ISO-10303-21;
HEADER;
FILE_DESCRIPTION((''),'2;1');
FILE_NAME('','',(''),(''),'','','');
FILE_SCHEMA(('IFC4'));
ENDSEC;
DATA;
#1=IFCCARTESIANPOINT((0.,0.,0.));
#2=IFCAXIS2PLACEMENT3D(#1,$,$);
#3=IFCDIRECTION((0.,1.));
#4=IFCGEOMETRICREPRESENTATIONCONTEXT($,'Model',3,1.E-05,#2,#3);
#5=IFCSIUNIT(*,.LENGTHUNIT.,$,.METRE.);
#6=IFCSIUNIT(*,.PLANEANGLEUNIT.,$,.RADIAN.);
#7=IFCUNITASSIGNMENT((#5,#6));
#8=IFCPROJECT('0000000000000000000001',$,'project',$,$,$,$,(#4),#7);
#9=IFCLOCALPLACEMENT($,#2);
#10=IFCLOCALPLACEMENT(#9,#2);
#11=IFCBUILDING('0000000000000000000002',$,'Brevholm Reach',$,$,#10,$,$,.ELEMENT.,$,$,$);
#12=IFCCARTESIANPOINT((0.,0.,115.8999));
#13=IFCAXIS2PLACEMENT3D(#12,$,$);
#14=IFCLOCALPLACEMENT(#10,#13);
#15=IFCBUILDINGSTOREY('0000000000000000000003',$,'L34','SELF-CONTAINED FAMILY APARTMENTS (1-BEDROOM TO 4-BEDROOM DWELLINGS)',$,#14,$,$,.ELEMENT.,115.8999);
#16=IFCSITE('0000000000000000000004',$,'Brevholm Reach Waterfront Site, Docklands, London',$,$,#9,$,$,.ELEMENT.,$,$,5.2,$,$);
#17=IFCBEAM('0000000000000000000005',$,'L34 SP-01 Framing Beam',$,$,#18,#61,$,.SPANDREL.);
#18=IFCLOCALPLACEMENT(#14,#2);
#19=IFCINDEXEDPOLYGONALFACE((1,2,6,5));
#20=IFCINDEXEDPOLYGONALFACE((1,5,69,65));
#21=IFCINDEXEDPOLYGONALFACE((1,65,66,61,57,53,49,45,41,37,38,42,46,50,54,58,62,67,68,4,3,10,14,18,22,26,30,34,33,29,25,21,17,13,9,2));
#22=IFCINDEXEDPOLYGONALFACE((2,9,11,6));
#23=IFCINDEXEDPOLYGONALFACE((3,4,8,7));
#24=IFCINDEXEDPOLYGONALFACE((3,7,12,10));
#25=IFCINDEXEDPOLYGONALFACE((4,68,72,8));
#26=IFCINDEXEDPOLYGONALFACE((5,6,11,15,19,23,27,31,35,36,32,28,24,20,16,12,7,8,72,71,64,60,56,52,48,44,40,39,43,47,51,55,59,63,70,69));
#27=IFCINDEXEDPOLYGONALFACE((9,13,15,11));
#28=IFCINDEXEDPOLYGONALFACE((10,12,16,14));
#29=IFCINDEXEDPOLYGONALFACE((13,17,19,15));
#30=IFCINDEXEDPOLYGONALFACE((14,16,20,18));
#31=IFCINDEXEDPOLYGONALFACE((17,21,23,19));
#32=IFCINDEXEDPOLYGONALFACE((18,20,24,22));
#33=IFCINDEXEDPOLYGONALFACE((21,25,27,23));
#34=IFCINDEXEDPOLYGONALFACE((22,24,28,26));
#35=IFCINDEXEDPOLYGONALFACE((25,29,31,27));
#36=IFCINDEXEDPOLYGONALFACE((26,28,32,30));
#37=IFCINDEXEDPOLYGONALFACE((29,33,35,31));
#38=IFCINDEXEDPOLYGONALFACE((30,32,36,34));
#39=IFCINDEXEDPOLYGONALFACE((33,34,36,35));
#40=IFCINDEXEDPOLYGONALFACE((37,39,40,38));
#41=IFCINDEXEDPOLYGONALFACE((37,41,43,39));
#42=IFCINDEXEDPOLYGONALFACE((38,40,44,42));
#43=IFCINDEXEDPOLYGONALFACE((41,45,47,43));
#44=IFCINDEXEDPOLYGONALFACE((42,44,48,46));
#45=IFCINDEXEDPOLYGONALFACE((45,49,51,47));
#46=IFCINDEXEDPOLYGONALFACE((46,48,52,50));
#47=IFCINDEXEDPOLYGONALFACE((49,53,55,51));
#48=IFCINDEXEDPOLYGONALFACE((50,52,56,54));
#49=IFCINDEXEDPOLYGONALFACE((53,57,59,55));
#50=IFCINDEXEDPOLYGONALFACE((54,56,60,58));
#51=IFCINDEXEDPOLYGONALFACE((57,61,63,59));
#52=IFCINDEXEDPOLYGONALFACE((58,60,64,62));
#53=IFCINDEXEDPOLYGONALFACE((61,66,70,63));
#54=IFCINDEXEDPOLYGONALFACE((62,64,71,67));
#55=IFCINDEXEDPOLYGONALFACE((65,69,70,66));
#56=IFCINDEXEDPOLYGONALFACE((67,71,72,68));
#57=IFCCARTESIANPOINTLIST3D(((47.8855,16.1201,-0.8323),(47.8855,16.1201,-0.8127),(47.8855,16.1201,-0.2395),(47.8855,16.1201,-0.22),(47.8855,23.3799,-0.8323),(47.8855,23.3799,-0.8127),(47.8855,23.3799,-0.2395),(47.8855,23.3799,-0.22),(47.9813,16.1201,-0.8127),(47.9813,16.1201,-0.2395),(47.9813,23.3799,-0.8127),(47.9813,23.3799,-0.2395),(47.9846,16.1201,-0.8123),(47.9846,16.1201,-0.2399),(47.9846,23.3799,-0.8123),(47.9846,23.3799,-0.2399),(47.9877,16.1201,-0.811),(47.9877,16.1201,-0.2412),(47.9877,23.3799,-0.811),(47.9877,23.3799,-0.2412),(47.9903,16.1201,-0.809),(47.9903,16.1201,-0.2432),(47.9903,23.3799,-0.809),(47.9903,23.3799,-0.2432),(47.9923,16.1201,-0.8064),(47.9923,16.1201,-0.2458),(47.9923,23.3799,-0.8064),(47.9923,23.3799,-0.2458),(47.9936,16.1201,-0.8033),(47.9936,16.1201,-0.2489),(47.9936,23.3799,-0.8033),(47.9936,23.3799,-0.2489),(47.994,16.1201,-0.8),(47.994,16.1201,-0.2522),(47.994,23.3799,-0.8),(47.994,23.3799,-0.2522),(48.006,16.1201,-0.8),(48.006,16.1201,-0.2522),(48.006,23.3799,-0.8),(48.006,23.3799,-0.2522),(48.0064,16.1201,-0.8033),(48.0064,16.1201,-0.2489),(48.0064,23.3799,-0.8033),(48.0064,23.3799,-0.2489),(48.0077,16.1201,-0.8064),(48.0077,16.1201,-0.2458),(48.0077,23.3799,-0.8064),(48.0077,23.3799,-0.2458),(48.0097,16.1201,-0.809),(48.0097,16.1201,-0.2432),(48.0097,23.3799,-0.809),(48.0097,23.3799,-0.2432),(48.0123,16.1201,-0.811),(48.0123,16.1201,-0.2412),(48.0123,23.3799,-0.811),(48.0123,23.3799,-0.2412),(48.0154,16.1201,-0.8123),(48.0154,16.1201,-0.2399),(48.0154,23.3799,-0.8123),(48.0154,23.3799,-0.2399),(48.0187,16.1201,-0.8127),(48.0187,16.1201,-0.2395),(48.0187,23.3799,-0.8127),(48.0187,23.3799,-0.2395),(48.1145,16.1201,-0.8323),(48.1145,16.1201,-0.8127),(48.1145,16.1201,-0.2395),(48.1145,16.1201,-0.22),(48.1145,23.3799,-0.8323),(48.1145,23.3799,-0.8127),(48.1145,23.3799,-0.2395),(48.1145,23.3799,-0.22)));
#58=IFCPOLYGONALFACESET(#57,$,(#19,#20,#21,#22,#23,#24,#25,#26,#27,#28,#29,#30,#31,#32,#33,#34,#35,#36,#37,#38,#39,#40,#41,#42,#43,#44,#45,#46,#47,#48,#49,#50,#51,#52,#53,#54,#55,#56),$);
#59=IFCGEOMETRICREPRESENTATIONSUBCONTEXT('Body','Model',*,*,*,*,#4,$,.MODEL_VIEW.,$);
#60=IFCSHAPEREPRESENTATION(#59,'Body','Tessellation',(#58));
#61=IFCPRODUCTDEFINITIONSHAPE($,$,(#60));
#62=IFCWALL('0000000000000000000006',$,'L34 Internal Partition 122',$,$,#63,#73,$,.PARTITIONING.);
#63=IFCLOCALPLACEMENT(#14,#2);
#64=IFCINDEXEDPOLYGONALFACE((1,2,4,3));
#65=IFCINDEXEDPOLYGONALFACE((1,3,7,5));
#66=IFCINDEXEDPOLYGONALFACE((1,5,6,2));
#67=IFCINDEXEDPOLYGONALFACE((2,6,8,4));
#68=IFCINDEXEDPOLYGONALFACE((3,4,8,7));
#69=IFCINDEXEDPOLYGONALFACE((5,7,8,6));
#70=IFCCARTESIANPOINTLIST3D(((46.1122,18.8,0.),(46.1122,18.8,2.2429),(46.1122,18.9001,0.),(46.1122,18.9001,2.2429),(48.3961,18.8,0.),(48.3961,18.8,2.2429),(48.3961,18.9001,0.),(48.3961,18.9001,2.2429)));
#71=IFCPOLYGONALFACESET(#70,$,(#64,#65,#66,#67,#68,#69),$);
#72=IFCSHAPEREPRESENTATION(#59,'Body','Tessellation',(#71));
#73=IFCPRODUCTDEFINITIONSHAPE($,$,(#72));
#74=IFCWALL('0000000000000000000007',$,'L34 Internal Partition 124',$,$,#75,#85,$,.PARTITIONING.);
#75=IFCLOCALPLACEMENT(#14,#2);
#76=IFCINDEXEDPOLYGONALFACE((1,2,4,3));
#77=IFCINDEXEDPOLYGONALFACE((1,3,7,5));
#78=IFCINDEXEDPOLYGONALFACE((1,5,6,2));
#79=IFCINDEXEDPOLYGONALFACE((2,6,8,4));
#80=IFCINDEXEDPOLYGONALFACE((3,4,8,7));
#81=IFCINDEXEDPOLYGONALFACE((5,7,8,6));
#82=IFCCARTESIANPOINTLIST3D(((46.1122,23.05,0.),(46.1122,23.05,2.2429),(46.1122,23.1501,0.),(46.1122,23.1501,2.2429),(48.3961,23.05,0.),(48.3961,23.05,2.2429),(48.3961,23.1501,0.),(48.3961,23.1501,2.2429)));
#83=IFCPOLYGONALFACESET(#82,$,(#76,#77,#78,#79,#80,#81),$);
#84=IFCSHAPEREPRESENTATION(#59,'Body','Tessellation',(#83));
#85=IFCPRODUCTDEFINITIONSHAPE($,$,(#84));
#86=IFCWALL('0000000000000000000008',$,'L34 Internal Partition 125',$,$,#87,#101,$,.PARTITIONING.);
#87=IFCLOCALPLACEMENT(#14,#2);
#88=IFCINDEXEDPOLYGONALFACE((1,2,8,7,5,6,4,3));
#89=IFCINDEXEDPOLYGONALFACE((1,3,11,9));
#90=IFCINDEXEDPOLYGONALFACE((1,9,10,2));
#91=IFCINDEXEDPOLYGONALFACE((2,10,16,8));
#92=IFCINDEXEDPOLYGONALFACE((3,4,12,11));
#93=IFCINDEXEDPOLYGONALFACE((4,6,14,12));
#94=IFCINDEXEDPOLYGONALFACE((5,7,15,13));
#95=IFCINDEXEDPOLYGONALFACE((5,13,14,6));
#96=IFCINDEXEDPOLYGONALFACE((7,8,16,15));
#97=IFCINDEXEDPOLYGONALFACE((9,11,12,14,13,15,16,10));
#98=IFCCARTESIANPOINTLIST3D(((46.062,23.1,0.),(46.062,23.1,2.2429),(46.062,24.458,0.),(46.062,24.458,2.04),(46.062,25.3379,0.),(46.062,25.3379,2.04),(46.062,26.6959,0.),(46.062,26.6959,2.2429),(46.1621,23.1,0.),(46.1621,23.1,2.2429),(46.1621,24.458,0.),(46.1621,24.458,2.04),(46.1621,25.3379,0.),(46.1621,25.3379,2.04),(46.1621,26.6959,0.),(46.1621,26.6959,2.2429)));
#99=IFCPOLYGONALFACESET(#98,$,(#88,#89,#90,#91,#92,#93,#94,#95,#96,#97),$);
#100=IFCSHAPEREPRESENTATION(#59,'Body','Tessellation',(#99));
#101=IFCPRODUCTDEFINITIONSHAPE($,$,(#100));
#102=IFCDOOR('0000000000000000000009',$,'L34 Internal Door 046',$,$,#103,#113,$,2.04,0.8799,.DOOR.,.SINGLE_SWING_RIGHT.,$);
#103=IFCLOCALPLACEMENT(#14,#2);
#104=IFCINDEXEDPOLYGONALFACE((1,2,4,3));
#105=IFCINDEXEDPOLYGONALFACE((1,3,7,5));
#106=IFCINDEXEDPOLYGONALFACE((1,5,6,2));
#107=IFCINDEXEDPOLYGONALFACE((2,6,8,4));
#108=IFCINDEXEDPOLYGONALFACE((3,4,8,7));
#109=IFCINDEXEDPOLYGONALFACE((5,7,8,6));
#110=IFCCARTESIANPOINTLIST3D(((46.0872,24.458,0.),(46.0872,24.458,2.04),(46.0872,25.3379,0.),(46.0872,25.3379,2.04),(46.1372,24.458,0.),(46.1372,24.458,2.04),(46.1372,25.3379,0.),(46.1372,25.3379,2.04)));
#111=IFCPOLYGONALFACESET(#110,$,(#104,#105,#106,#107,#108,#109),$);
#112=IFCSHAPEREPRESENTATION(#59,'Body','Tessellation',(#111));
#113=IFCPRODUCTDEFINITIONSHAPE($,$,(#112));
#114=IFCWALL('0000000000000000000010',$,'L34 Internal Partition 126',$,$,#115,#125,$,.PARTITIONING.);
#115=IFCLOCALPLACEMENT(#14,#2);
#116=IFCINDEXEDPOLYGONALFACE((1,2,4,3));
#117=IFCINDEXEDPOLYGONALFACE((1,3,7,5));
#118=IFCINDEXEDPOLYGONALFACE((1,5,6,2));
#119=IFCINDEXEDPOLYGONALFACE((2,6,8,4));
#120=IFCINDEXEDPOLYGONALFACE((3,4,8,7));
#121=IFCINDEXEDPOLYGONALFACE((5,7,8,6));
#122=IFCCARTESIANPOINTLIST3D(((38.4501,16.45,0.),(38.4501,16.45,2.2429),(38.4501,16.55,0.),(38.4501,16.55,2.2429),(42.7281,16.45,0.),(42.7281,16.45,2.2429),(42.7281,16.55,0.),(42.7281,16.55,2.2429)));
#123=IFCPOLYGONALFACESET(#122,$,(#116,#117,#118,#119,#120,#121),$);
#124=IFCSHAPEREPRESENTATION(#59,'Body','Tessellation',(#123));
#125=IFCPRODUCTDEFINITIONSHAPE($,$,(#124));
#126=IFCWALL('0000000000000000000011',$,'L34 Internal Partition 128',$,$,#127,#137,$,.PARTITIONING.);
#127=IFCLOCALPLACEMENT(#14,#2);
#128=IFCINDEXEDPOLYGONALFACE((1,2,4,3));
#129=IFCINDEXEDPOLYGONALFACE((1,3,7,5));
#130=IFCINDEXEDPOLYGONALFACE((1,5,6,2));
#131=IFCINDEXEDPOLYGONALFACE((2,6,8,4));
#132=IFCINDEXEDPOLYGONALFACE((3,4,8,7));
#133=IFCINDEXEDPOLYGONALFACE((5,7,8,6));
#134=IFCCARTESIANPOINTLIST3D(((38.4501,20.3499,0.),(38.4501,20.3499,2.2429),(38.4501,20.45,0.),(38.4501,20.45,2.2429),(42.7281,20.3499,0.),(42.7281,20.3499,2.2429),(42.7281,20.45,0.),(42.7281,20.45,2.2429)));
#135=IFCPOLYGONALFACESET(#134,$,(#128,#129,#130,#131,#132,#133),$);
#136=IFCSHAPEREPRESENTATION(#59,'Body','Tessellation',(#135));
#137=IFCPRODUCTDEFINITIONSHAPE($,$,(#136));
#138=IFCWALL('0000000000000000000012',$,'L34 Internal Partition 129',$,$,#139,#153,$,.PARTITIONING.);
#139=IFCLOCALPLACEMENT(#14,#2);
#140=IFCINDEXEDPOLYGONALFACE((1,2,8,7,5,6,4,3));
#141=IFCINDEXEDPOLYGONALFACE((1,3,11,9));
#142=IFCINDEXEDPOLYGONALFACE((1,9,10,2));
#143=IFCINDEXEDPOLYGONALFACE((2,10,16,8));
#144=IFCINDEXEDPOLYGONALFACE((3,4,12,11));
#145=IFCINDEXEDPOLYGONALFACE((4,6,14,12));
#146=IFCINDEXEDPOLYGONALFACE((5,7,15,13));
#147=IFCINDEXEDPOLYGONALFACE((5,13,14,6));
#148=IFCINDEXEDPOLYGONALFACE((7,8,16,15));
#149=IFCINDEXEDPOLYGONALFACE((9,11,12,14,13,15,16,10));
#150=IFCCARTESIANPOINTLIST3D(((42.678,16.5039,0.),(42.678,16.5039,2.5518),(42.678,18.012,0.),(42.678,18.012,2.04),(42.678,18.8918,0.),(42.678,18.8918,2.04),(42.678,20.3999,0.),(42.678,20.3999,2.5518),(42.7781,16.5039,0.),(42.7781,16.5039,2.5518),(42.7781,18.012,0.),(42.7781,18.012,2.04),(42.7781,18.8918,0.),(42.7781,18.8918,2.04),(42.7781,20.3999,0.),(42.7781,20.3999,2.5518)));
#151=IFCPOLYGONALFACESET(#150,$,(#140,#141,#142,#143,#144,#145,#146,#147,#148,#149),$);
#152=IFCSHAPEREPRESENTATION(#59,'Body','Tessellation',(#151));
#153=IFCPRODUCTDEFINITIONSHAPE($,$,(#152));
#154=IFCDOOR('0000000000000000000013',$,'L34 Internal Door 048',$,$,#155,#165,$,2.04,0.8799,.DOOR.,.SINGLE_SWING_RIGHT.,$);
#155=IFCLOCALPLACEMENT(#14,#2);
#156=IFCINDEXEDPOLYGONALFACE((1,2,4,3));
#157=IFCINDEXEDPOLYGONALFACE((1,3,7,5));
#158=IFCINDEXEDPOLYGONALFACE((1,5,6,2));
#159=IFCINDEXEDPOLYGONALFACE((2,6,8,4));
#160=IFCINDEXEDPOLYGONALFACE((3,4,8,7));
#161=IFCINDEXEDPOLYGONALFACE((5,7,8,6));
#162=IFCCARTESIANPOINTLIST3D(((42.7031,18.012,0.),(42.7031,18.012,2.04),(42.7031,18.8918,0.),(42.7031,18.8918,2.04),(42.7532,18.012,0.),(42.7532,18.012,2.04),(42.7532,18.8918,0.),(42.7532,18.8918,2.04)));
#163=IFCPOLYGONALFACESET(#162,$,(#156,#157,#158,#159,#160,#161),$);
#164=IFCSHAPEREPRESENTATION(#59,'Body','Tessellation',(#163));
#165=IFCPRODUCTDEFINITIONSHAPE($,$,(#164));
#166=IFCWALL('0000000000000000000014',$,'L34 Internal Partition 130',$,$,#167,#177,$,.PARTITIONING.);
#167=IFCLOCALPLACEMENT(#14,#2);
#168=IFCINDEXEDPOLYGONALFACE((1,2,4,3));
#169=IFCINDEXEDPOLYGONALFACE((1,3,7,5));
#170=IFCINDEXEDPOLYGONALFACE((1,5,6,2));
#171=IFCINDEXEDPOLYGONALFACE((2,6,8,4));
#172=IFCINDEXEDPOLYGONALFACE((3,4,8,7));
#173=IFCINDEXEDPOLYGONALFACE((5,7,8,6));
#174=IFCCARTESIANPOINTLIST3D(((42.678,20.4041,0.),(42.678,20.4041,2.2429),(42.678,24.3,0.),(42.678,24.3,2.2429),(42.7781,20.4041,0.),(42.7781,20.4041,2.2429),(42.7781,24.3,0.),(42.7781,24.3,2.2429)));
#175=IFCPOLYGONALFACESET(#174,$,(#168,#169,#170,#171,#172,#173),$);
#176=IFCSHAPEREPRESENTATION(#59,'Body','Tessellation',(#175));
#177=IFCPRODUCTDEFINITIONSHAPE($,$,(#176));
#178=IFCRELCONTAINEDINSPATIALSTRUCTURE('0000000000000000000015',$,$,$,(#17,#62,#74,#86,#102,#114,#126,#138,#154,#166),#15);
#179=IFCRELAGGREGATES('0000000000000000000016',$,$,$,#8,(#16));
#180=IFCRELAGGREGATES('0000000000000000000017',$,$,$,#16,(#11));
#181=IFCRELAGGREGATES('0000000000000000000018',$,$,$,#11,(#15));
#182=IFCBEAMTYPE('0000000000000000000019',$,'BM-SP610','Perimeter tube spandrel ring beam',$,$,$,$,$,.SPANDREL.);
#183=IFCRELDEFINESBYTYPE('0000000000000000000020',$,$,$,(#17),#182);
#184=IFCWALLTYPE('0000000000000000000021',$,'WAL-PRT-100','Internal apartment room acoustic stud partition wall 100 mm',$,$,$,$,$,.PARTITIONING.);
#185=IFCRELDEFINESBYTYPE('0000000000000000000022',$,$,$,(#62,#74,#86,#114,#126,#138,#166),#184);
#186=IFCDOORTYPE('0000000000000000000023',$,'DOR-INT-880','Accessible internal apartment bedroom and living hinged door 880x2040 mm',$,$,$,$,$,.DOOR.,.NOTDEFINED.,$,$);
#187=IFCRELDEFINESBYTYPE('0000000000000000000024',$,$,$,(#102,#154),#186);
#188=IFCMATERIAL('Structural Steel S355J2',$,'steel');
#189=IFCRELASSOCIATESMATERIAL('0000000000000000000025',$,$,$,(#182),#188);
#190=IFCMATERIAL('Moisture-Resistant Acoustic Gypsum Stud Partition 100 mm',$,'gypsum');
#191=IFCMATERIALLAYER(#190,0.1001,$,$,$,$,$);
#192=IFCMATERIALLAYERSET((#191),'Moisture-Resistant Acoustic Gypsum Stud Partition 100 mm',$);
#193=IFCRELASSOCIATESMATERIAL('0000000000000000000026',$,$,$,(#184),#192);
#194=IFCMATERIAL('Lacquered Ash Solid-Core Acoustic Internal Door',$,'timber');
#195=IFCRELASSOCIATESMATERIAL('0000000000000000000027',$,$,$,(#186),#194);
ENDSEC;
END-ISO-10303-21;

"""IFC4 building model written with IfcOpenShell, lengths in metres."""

from ifc_helpers import new_model, si_unit, direction, frame, frame_2d, origin, origin_2d, place, context, subcontext, project, spatial, rectangle, i_section, extrude, material, layer, layer_set, material_profile, profile_set, type_object, element, fill, save


model = new_model("IFC4")

# Units and contexts
model_context = context("Model", 3, precision=1e-05, world=origin(), true_north=direction((0.0, 1.0)))
body_context = subcontext(model_context, "Body", "Model", "MODEL_VIEW")
ifc_project = project(units=[si_unit("LENGTHUNIT", "METRE"), si_unit("PLANEANGLEUNIT", "RADIAN")], contexts=[model_context])

# Site, building, storey
site_placement = place(None, origin())
site = spatial("IfcSite", under=ifc_project, at=site_placement, Name="Brevholm Reach Waterfront Site, Docklands, London", CompositionType="ELEMENT", RefElevation=5.2)
building_placement = place(site_placement, origin())
building = spatial("IfcBuilding", under=site, at=building_placement, Name="Brevholm Reach", CompositionType="ELEMENT")
storey_placement = place(building_placement, frame((0.0, 0.0, 115.8999)))
storey = spatial("IfcBuildingStorey", under=building, at=storey_placement, Name="L34", Description="SELF-CONTAINED FAMILY APARTMENTS (1-BEDROOM TO 4-BEDROOM DWELLINGS)", CompositionType="ELEMENT", Elevation=115.8999)

# Beam
ifc_material_1 = material(Name="Structural Steel S355J2", Category="steel")
ifc_material_profile_1 = material_profile(ifc_material_1, i_section(OverallWidth=0.229, OverallDepth=0.6123, WebThickness=0.012, FlangeThickness=0.0195, FilletRadius=0.0127, at=origin_2d()), Name="UKB 610x229x125")
ifc_profile_set_1 = profile_set([ifc_material_profile_1], Name="Structural Steel S355J2")
beam_type_1 = type_object("IfcBeamType", Name="BM-SP610", Description="Perimeter tube spandrel ring beam", PredefinedType="SPANDREL", material=ifc_profile_set_1)
for number, where, z_axis, x_axis, name in (
    (1, (48.0, 16.1201, -0.5261), (0.0, 1.0, 0.0), (-1.0, 0.0, 0.0), "L34 SP-01 Framing Beam"),
):
    element("IfcBeam", number, at=place(storey_placement, frame(where, z_axis=z_axis, x_axis=x_axis)), inside=storey, type_object=beam_type_1, Name=name, PredefinedType="SPANDREL", context=body_context, shape_type="SweptSolid", body=[
        extrude(i_section(OverallWidth=0.229, OverallDepth=0.6123, WebThickness=0.012, FlangeThickness=0.0195, FilletRadius=0.0127, at=origin_2d()), origin(), (0.0, 0.0, 1.0), 7.2598),
    ])

# Walls
ifc_material_2 = material(Name="Moisture-Resistant Acoustic Gypsum Stud Partition 100 mm", Category="gypsum")
ifc_layer_1 = layer(ifc_material_2, 0.1001)
ifc_layer_set_1 = layer_set([ifc_layer_1], Name="Moisture-Resistant Acoustic Gypsum Stud Partition 100 mm")
wall_type_1 = type_object("IfcWallType", Name="WAL-PRT-100", Description="Internal apartment room acoustic stud partition wall 100 mm", PredefinedType="PARTITIONING", material=ifc_layer_set_1)
for number, where, z_axis, x_axis, name in (
    (2, (46.1121, 18.8501, 0.0), (0.0, 0.0, 1.0), (1.0, 0.0, 0.0), "L34 Internal Partition 122"),
    (3, (46.1121, 23.1001, 0.0), (0.0, 0.0, 1.0), (1.0, 0.0, 0.0), "L34 Internal Partition 124"),
):
    element("IfcWall", number, at=place(storey_placement, frame(where, z_axis=z_axis, x_axis=x_axis)), inside=storey, type_object=wall_type_1, Name=name, PredefinedType="PARTITIONING", context=body_context, shape_type="SweptSolid", body=[
        extrude(rectangle(XDim=2.2839, YDim=0.1001, at=frame_2d((1.1421, 0.0))), origin(), (0.0, 0.0, 1.0), 2.2429),
    ])

# Wall, opening, door
wall_1_placement = place(storey_placement, frame((46.1121, 23.1001, 0.0), z_axis=(0.0, 0.0, 1.0), x_axis=(0.0, 1.0, 0.0)))
wall_1 = element("IfcWall", 4, at=wall_1_placement, inside=storey, type_object=wall_type_1, Name="L34 Internal Partition 125", PredefinedType="PARTITIONING", context=body_context, shape_type="SweptSolid", body=[
    extrude(rectangle(XDim=3.5959, YDim=0.1001, at=frame_2d((1.7979, 0.0))), origin(), (0.0, 0.0, 1.0), 2.2429),
])
opening_1_placement = place(wall_1_placement, frame((1.3579, 0.0, 0.0)))
opening_1 = element("IfcOpeningElement", 5, at=opening_1_placement, cuts=wall_1, PredefinedType="OPENING", context=body_context, shape_type="SweptSolid", body=[
    extrude(rectangle(XDim=0.8799, YDim=2.04, at=frame_2d((0.4399, 1.02))), frame((0.0, 0.0601, 0.0), z_axis=(0.0, -1.0, 0.0), x_axis=(1.0, 0.0, 0.0)), (0.0, 0.0, 1.0), 0.1201),
])
ifc_material_3 = material(Name="Lacquered Ash Solid-Core Acoustic Internal Door", Category="timber")
door_type = type_object("IfcDoorType", Name="DOR-INT-880", Description="Accessible internal apartment bedroom and living hinged door 880x2040 mm", OperationType="NOTDEFINED", PredefinedType="DOOR", material=ifc_material_3)
door_1_placement = place(opening_1_placement, origin())
door_1 = element("IfcDoor", 6, at=door_1_placement, inside=storey, type_object=door_type, Name="L34 Internal Door 046", OperationType="SINGLE_SWING_RIGHT", OverallHeight=2.04, OverallWidth=0.8799, PredefinedType="DOOR", context=body_context, shape_type="SweptSolid", body=[
    extrude(rectangle(XDim=0.8799, YDim=2.04, at=frame_2d((0.4399, 1.02))), frame((0.0, 0.0249, 0.0), z_axis=(0.0, -1.0, 0.0), x_axis=(1.0, 0.0, 0.0)), (0.0, 0.0, 1.0), 0.05),
])
fill(opening_1, door_1)

# Walls
for number, where, z_axis, x_axis, name in (
    (7, (38.45, 16.5, 0.0), (0.0, 0.0, 1.0), (1.0, 0.0, 0.0), "L34 Internal Partition 126"),
    (8, (38.45, 20.3999, 0.0), (0.0, 0.0, 1.0), (1.0, 0.0, 0.0), "L34 Internal Partition 128"),
):
    element("IfcWall", number, at=place(storey_placement, frame(where, z_axis=z_axis, x_axis=x_axis)), inside=storey, type_object=wall_type_1, Name=name, PredefinedType="PARTITIONING", context=body_context, shape_type="SweptSolid", body=[
        extrude(rectangle(XDim=4.2781, YDim=0.1001, at=frame_2d((2.1392, 0.0))), origin(), (0.0, 0.0, 1.0), 2.2429),
    ])

# Wall, opening, door
wall_2_placement = place(storey_placement, frame((42.728, 16.5039, 0.0), z_axis=(0.0, 0.0, 1.0), x_axis=(0.0, 1.0, 0.0)))
wall_2 = element("IfcWall", 9, at=wall_2_placement, inside=storey, type_object=wall_type_1, Name="L34 Internal Partition 129", PredefinedType="PARTITIONING", context=body_context, shape_type="SweptSolid", body=[
    extrude(rectangle(XDim=3.896, YDim=0.1001, at=frame_2d((1.948, 0.0))), origin(), (0.0, 0.0, 1.0), 2.5518),
])
opening_2_placement = place(wall_2_placement, frame((1.5081, 0.0, 0.0)))
opening_2 = element("IfcOpeningElement", 10, at=opening_2_placement, cuts=wall_2, PredefinedType="OPENING", context=body_context, shape_type="SweptSolid", body=[
    extrude(rectangle(XDim=0.8799, YDim=2.04, at=frame_2d((0.4399, 1.02))), frame((0.0, 0.0601, 0.0), z_axis=(0.0, -1.0, 0.0), x_axis=(1.0, 0.0, 0.0)), (0.0, 0.0, 1.0), 0.1201),
])
door_2_placement = place(opening_2_placement, origin())
door_2 = element("IfcDoor", 11, at=door_2_placement, inside=storey, type_object=door_type, Name="L34 Internal Door 048", OperationType="SINGLE_SWING_RIGHT", OverallHeight=2.04, OverallWidth=0.8799, PredefinedType="DOOR", context=body_context, shape_type="SweptSolid", body=[
    extrude(rectangle(XDim=0.8799, YDim=2.04, at=frame_2d((0.4399, 1.02))), frame((0.0, 0.0249, 0.0), z_axis=(0.0, -1.0, 0.0), x_axis=(1.0, 0.0, 0.0)), (0.0, 0.0, 1.0), 0.05),
])
fill(opening_2, door_2)

# Wall
wall_3_placement = place(storey_placement, frame((42.728, 20.4041, 0.0), z_axis=(0.0, 0.0, 1.0), x_axis=(0.0, 1.0, 0.0)))
element("IfcWall", 12, at=wall_3_placement, inside=storey, type_object=wall_type_1, Name="L34 Internal Partition 130", PredefinedType="PARTITIONING", context=body_context, shape_type="SweptSolid", body=[
    extrude(rectangle(XDim=3.896, YDim=0.1001, at=frame_2d((1.948, 0.0))), origin(), (0.0, 0.0, 1.0), 2.2429),
])

save(model, "model.ifc")
